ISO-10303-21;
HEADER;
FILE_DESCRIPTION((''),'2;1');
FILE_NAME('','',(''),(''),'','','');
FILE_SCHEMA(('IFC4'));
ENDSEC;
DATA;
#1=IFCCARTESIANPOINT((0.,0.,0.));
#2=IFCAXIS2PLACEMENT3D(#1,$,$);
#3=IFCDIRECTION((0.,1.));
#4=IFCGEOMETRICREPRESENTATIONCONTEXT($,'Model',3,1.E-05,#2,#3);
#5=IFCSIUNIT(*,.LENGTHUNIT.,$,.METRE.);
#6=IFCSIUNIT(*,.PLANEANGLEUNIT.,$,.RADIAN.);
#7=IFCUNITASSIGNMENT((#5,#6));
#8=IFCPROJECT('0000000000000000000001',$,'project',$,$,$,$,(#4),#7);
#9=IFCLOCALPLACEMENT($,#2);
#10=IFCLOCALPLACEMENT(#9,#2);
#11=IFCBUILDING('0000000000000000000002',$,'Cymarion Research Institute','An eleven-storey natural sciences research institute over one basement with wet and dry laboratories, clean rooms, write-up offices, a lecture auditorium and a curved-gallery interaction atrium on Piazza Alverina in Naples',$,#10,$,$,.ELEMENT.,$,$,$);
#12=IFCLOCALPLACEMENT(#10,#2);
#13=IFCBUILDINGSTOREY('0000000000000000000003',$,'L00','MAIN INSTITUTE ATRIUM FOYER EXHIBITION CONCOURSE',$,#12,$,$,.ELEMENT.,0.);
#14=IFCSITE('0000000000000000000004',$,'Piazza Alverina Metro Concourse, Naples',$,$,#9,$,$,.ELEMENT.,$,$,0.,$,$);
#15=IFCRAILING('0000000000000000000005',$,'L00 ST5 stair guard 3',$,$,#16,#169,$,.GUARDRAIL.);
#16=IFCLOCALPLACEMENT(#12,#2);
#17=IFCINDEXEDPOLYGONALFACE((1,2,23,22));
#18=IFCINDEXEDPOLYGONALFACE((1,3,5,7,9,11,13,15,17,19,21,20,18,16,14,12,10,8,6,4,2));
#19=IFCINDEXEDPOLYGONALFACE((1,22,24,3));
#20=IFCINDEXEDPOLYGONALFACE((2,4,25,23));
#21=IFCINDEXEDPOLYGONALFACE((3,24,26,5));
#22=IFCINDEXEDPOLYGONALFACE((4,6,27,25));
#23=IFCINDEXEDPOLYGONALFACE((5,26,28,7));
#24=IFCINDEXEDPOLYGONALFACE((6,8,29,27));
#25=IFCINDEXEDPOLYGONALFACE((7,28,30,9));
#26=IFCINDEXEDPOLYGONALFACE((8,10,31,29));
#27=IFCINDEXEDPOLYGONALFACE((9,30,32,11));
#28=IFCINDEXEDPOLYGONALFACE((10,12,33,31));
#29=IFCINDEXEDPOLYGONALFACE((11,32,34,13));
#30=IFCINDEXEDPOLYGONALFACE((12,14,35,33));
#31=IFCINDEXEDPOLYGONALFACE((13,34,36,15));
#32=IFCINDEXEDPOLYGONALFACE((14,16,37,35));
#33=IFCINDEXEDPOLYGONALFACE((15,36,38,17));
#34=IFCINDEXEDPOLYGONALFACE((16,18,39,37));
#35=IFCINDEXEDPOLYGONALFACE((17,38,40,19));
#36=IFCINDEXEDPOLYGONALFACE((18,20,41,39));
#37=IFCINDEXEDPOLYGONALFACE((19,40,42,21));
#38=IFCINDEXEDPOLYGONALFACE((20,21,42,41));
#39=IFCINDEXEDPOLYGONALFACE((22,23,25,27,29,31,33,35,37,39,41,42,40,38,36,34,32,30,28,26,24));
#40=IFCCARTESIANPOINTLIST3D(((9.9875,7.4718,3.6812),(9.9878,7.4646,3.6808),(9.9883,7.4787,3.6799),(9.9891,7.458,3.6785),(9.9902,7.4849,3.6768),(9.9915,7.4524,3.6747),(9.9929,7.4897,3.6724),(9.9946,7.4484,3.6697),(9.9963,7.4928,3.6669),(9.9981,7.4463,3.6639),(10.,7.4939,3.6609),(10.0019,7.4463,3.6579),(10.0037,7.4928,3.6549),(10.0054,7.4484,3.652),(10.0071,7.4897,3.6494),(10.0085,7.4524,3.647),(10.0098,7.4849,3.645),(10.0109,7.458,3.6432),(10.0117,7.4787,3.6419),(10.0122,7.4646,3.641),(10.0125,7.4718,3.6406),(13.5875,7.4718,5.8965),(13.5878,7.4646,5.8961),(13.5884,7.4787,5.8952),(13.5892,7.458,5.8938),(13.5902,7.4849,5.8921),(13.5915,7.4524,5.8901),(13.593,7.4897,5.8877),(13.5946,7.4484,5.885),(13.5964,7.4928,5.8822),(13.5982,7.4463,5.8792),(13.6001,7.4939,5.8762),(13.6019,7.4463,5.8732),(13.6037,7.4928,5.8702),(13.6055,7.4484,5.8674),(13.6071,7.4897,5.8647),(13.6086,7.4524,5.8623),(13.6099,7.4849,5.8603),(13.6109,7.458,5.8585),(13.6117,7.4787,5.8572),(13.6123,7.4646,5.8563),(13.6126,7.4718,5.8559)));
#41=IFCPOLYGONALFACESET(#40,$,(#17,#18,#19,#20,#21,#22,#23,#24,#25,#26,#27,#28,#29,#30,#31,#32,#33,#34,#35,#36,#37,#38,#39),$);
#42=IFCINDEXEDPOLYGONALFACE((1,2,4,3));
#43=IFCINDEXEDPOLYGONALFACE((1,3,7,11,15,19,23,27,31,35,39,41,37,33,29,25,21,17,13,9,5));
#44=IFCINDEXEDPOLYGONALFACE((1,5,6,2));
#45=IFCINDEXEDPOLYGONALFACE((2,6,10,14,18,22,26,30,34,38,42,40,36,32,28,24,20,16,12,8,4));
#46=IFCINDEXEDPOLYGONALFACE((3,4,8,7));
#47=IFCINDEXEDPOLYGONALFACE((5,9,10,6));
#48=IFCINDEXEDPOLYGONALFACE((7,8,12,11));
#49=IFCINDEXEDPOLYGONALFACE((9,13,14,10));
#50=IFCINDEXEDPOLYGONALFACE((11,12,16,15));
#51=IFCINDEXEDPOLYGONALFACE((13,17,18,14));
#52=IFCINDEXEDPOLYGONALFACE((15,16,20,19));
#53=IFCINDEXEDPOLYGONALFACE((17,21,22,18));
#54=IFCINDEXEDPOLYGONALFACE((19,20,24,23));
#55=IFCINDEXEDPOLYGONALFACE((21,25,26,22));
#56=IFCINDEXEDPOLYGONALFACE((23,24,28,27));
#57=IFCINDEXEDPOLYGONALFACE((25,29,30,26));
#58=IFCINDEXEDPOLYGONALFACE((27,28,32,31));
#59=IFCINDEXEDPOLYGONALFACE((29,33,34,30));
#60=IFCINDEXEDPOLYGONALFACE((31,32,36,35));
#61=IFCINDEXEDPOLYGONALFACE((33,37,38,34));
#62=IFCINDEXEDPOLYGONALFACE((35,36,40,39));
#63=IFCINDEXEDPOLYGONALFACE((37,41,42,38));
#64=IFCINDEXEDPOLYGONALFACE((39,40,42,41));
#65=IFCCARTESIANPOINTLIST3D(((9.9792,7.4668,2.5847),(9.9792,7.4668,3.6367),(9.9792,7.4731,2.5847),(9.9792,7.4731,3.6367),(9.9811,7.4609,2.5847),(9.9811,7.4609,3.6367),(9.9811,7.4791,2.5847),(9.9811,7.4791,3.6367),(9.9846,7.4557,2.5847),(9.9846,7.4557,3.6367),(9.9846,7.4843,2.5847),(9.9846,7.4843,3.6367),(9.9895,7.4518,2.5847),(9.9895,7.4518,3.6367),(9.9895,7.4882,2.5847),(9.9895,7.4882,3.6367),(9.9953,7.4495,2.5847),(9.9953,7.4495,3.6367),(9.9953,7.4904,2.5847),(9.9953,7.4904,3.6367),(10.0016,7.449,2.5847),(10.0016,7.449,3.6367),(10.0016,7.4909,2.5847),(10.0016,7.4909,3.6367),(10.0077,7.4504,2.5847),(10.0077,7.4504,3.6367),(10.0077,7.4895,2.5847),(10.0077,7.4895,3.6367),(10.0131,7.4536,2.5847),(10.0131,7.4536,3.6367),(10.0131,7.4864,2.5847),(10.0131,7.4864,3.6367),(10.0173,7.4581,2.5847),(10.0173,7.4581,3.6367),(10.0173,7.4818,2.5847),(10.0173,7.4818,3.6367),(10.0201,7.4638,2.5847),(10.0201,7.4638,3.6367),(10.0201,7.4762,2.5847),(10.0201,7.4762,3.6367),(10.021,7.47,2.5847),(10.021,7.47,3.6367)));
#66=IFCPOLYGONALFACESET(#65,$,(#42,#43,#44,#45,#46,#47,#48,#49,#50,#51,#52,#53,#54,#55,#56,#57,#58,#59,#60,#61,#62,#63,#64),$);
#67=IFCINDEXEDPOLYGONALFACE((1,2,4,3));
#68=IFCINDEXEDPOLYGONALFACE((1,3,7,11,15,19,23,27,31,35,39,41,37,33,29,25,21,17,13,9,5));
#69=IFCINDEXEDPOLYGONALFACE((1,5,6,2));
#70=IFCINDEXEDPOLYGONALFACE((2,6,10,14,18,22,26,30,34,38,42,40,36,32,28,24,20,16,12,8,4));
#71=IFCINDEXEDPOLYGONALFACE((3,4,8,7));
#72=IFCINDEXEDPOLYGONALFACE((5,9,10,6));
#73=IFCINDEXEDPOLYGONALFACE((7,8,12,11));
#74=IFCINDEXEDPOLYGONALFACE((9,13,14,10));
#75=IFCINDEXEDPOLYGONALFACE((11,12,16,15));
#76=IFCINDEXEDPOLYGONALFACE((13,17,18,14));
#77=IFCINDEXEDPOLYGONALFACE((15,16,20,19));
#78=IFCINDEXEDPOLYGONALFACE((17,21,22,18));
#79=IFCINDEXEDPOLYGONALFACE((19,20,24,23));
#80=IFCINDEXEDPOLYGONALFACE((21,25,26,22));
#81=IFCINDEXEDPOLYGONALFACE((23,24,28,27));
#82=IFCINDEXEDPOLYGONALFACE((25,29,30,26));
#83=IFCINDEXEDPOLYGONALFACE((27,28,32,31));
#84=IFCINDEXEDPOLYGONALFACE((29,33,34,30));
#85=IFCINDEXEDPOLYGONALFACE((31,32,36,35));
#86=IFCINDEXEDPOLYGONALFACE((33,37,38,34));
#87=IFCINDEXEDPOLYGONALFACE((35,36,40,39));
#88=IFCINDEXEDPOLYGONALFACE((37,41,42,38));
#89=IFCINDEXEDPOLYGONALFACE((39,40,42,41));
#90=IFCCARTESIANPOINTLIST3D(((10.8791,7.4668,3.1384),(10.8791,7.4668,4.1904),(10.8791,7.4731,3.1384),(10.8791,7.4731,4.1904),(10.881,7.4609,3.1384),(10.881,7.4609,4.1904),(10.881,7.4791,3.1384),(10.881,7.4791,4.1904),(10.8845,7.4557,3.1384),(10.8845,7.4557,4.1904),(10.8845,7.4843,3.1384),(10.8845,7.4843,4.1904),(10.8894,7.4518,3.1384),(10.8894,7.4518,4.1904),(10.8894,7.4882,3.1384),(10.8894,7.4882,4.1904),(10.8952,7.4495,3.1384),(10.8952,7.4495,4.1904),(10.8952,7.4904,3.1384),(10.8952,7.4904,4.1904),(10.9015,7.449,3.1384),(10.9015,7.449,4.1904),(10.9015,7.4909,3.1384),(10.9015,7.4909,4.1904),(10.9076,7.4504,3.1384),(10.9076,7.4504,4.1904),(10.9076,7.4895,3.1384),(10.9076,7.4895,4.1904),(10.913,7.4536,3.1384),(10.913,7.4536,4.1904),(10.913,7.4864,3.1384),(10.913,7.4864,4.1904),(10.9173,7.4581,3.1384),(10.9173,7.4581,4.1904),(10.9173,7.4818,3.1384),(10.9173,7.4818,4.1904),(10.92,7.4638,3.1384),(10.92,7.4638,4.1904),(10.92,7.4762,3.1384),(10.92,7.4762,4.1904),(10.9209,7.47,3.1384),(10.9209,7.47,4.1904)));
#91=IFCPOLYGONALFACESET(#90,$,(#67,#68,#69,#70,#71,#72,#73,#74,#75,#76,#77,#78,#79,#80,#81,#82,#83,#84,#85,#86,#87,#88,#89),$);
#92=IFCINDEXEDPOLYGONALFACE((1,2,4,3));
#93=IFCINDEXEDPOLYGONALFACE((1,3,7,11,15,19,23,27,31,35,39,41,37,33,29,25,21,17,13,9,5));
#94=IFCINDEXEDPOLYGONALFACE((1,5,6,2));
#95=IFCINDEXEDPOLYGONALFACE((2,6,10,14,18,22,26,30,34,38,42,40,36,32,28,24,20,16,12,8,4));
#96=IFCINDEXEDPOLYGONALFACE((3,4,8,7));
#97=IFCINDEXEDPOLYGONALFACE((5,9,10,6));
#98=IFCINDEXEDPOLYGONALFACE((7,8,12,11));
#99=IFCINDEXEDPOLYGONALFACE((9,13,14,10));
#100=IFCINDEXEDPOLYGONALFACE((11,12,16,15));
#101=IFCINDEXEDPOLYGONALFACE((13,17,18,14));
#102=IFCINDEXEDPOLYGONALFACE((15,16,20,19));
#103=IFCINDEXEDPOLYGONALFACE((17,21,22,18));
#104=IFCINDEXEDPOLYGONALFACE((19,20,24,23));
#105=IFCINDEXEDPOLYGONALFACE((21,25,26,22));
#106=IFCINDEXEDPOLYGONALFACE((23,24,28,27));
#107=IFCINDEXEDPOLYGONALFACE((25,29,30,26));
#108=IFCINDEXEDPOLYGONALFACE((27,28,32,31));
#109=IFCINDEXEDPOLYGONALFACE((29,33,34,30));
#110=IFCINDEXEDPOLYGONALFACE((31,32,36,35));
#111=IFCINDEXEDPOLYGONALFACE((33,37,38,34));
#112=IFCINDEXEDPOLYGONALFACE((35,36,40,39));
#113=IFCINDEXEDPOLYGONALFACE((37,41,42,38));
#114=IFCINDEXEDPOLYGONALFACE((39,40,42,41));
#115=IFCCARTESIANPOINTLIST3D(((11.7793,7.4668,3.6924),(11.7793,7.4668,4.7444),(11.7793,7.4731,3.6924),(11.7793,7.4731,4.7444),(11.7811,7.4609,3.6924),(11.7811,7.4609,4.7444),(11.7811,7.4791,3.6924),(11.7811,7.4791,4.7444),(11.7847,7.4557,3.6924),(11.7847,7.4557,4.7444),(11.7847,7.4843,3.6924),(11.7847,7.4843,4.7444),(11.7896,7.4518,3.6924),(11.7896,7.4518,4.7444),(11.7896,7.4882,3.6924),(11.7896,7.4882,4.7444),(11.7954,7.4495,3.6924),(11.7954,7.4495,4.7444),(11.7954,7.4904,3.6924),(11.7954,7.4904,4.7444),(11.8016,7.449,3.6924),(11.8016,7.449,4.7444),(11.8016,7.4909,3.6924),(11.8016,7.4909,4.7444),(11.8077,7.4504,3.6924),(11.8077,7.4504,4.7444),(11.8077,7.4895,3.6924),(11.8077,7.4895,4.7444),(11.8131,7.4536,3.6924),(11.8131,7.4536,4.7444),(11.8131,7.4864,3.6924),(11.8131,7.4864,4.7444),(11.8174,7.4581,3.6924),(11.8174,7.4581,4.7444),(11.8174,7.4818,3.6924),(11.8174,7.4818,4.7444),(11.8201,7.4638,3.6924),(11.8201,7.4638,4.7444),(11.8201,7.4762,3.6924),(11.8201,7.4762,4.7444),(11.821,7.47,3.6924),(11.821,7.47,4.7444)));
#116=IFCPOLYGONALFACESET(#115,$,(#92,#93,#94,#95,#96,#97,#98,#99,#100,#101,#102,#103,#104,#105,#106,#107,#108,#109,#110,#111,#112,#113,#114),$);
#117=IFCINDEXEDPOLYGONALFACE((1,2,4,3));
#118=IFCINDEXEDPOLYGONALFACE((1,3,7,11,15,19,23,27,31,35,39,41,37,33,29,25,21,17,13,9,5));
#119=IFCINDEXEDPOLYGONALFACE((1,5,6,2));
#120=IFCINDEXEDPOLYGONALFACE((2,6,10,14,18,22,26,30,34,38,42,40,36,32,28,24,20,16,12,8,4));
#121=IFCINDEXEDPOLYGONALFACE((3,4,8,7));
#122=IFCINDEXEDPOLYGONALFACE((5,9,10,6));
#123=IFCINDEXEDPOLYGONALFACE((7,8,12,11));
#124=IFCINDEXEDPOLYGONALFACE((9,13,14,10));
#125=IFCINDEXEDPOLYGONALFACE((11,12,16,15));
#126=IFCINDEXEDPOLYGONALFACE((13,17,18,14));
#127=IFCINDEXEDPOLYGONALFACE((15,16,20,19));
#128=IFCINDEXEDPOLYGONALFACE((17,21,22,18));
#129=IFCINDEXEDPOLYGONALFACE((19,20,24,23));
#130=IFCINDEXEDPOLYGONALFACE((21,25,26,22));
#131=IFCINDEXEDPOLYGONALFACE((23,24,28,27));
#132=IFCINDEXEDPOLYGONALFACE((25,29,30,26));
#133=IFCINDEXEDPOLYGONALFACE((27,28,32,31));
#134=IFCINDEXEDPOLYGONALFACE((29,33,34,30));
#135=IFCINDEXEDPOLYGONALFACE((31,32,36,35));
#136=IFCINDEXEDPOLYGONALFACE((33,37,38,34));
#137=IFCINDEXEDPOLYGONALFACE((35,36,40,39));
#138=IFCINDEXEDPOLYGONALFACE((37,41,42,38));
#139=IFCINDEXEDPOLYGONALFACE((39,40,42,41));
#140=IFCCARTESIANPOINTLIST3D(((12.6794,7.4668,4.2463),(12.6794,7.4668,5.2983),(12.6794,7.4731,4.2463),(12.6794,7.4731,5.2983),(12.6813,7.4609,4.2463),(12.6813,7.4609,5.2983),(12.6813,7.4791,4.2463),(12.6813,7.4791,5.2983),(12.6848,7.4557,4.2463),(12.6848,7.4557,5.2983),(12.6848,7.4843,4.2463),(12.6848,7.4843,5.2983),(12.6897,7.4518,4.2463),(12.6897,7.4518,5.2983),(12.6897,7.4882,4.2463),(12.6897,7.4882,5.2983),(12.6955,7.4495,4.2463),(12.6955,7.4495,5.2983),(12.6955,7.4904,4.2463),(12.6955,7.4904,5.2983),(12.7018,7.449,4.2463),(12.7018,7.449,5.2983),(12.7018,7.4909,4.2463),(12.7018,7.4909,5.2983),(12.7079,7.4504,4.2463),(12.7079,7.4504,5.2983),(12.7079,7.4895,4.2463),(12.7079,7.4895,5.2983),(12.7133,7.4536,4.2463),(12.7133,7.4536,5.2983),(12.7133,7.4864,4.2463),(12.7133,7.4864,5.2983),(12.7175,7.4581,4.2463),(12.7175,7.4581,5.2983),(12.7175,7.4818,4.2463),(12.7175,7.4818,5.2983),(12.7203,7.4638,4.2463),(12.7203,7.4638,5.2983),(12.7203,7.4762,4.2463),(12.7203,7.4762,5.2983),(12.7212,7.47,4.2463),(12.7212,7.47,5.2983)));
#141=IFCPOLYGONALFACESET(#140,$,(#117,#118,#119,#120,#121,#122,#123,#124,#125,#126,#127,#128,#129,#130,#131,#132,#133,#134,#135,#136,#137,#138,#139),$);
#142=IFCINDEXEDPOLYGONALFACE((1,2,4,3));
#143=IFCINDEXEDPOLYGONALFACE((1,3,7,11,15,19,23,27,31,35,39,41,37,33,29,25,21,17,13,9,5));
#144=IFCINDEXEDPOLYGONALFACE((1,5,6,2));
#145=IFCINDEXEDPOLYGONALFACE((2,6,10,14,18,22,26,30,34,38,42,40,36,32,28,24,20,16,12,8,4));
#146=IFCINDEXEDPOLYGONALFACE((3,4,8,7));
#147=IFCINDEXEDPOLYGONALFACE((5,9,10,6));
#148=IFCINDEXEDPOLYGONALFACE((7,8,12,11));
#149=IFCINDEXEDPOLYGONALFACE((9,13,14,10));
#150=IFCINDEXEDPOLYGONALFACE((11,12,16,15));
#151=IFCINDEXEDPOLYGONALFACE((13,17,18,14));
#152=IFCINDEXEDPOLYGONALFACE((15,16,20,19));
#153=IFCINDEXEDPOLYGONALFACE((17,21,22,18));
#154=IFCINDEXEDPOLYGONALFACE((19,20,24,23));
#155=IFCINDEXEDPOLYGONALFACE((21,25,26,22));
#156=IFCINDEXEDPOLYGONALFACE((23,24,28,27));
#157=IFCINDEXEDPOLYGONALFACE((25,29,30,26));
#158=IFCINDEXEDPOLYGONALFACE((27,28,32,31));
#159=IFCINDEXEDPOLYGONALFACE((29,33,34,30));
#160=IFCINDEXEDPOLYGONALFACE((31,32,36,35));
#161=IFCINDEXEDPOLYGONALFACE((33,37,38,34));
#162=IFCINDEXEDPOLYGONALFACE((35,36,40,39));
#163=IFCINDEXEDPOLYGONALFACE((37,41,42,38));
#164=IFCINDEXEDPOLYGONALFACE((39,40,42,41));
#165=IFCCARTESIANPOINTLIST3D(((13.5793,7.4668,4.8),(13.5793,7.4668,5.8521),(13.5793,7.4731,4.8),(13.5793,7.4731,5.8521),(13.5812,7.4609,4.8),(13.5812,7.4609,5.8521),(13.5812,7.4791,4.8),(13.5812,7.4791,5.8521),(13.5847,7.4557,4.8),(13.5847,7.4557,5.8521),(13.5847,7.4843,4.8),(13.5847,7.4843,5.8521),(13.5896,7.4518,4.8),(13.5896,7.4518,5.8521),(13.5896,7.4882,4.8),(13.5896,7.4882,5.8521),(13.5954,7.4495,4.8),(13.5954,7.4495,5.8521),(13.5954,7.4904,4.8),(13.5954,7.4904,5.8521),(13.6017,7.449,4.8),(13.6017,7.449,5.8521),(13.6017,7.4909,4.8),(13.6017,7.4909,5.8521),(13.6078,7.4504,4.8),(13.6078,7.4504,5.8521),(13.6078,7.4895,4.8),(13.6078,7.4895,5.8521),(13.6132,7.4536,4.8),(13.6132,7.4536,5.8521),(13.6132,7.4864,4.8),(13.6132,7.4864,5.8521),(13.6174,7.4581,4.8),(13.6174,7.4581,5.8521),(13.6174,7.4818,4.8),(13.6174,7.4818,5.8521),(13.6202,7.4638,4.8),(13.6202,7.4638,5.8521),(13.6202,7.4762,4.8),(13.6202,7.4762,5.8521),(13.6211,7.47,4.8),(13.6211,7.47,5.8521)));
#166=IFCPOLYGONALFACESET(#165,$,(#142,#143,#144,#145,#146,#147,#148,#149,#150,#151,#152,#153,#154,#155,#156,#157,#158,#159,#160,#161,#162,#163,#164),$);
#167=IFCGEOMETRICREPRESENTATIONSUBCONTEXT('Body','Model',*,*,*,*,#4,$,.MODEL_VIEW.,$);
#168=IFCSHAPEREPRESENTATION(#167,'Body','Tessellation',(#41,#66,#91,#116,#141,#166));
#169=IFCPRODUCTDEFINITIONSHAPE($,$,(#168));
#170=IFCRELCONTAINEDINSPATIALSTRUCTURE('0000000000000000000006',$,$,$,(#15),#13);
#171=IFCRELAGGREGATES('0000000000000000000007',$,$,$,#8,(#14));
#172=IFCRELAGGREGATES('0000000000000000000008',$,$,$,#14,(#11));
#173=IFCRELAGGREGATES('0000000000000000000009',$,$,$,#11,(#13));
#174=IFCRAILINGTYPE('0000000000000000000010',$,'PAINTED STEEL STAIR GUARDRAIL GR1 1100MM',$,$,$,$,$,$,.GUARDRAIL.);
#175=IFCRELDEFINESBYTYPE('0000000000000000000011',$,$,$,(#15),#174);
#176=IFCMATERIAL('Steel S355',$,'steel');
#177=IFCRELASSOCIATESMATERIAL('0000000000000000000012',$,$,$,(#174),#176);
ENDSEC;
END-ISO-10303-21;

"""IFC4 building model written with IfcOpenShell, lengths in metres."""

from ifc_helpers import new_model, si_unit, direction, frame, origin, origin_2d, place, context, subcontext, project, spatial, circle, extrude, material, type_object, element, save


model = new_model("IFC4")

# Units and contexts
model_context = context("Model", 3, precision=1e-05, world=origin(), true_north=direction((0.0, 1.0)))
body_context = subcontext(model_context, "Body", "Model", "MODEL_VIEW")
ifc_project = project(units=[si_unit("LENGTHUNIT", "METRE"), si_unit("PLANEANGLEUNIT", "RADIAN")], contexts=[model_context])

# Site, building, storey
site_placement = place(None, origin())
site = spatial("IfcSite", under=ifc_project, at=site_placement, Name="Piazza Alverina Metro Concourse, Naples", CompositionType="ELEMENT", RefElevation=0.0)
building_placement = place(site_placement, origin())
building = spatial("IfcBuilding", under=site, at=building_placement, Name="Cymarion Research Institute", Description="An eleven-storey natural sciences research institute over one basement with wet and dry laboratories, clean rooms, write-up offices, a lecture auditorium and a curved-gallery interaction atrium on Piazza Alverina in Naples", CompositionType="ELEMENT")
storey_placement = place(building_placement, origin())
storey = spatial("IfcBuildingStorey", under=building, at=storey_placement, Name="L00", Description="MAIN INSTITUTE ATRIUM FOYER EXHIBITION CONCOURSE", CompositionType="ELEMENT", Elevation=0.0)

# Shared definitions
ifc_material_1 = material(Name="Steel S355", Category="steel")

# Railing
railing_type_1 = type_object("IfcRailingType", Name="PAINTED STEEL STAIR GUARDRAIL GR1 1100MM", PredefinedType="GUARDRAIL", material=ifc_material_1)
railing_1_placement = place(storey_placement, frame((10.0, 7.47, 2.5847)))
element("IfcRailing", 1, at=railing_1_placement, inside=storey, type_object=railing_type_1, Name="L00 ST5 stair guard 3", PredefinedType="GUARDRAIL", context=body_context, shape_type="SweptSolid", body=[
    extrude(circle(Radius=0.0239, at=origin_2d()), frame((0.0, 0.0, 1.0762), z_axis=(0.85167, 0.0, 0.524078), x_axis=(0.0, 1.0, 0.0)), (0.0, 0.0, 1.0), 4.2271),
    extrude(circle(Radius=0.021, at=origin_2d()), origin(), (0.0, 0.0, 1.0), 1.052),
    extrude(circle(Radius=0.021, at=origin_2d()), frame((0.8999, 0.0, 0.5537)), (0.0, 0.0, 1.0), 1.052),
    extrude(circle(Radius=0.021, at=origin_2d()), frame((1.8, 0.0, 1.1077)), (0.0, 0.0, 1.0), 1.052),
    extrude(circle(Radius=0.021, at=origin_2d()), frame((2.7002, 0.0, 1.6616)), (0.0, 0.0, 1.0), 1.052),
    extrude(circle(Radius=0.021, at=origin_2d()), frame((3.6001, 0.0, 2.2153)), (0.0, 0.0, 1.0), 1.052),
])

save(model, "model.ifc")
